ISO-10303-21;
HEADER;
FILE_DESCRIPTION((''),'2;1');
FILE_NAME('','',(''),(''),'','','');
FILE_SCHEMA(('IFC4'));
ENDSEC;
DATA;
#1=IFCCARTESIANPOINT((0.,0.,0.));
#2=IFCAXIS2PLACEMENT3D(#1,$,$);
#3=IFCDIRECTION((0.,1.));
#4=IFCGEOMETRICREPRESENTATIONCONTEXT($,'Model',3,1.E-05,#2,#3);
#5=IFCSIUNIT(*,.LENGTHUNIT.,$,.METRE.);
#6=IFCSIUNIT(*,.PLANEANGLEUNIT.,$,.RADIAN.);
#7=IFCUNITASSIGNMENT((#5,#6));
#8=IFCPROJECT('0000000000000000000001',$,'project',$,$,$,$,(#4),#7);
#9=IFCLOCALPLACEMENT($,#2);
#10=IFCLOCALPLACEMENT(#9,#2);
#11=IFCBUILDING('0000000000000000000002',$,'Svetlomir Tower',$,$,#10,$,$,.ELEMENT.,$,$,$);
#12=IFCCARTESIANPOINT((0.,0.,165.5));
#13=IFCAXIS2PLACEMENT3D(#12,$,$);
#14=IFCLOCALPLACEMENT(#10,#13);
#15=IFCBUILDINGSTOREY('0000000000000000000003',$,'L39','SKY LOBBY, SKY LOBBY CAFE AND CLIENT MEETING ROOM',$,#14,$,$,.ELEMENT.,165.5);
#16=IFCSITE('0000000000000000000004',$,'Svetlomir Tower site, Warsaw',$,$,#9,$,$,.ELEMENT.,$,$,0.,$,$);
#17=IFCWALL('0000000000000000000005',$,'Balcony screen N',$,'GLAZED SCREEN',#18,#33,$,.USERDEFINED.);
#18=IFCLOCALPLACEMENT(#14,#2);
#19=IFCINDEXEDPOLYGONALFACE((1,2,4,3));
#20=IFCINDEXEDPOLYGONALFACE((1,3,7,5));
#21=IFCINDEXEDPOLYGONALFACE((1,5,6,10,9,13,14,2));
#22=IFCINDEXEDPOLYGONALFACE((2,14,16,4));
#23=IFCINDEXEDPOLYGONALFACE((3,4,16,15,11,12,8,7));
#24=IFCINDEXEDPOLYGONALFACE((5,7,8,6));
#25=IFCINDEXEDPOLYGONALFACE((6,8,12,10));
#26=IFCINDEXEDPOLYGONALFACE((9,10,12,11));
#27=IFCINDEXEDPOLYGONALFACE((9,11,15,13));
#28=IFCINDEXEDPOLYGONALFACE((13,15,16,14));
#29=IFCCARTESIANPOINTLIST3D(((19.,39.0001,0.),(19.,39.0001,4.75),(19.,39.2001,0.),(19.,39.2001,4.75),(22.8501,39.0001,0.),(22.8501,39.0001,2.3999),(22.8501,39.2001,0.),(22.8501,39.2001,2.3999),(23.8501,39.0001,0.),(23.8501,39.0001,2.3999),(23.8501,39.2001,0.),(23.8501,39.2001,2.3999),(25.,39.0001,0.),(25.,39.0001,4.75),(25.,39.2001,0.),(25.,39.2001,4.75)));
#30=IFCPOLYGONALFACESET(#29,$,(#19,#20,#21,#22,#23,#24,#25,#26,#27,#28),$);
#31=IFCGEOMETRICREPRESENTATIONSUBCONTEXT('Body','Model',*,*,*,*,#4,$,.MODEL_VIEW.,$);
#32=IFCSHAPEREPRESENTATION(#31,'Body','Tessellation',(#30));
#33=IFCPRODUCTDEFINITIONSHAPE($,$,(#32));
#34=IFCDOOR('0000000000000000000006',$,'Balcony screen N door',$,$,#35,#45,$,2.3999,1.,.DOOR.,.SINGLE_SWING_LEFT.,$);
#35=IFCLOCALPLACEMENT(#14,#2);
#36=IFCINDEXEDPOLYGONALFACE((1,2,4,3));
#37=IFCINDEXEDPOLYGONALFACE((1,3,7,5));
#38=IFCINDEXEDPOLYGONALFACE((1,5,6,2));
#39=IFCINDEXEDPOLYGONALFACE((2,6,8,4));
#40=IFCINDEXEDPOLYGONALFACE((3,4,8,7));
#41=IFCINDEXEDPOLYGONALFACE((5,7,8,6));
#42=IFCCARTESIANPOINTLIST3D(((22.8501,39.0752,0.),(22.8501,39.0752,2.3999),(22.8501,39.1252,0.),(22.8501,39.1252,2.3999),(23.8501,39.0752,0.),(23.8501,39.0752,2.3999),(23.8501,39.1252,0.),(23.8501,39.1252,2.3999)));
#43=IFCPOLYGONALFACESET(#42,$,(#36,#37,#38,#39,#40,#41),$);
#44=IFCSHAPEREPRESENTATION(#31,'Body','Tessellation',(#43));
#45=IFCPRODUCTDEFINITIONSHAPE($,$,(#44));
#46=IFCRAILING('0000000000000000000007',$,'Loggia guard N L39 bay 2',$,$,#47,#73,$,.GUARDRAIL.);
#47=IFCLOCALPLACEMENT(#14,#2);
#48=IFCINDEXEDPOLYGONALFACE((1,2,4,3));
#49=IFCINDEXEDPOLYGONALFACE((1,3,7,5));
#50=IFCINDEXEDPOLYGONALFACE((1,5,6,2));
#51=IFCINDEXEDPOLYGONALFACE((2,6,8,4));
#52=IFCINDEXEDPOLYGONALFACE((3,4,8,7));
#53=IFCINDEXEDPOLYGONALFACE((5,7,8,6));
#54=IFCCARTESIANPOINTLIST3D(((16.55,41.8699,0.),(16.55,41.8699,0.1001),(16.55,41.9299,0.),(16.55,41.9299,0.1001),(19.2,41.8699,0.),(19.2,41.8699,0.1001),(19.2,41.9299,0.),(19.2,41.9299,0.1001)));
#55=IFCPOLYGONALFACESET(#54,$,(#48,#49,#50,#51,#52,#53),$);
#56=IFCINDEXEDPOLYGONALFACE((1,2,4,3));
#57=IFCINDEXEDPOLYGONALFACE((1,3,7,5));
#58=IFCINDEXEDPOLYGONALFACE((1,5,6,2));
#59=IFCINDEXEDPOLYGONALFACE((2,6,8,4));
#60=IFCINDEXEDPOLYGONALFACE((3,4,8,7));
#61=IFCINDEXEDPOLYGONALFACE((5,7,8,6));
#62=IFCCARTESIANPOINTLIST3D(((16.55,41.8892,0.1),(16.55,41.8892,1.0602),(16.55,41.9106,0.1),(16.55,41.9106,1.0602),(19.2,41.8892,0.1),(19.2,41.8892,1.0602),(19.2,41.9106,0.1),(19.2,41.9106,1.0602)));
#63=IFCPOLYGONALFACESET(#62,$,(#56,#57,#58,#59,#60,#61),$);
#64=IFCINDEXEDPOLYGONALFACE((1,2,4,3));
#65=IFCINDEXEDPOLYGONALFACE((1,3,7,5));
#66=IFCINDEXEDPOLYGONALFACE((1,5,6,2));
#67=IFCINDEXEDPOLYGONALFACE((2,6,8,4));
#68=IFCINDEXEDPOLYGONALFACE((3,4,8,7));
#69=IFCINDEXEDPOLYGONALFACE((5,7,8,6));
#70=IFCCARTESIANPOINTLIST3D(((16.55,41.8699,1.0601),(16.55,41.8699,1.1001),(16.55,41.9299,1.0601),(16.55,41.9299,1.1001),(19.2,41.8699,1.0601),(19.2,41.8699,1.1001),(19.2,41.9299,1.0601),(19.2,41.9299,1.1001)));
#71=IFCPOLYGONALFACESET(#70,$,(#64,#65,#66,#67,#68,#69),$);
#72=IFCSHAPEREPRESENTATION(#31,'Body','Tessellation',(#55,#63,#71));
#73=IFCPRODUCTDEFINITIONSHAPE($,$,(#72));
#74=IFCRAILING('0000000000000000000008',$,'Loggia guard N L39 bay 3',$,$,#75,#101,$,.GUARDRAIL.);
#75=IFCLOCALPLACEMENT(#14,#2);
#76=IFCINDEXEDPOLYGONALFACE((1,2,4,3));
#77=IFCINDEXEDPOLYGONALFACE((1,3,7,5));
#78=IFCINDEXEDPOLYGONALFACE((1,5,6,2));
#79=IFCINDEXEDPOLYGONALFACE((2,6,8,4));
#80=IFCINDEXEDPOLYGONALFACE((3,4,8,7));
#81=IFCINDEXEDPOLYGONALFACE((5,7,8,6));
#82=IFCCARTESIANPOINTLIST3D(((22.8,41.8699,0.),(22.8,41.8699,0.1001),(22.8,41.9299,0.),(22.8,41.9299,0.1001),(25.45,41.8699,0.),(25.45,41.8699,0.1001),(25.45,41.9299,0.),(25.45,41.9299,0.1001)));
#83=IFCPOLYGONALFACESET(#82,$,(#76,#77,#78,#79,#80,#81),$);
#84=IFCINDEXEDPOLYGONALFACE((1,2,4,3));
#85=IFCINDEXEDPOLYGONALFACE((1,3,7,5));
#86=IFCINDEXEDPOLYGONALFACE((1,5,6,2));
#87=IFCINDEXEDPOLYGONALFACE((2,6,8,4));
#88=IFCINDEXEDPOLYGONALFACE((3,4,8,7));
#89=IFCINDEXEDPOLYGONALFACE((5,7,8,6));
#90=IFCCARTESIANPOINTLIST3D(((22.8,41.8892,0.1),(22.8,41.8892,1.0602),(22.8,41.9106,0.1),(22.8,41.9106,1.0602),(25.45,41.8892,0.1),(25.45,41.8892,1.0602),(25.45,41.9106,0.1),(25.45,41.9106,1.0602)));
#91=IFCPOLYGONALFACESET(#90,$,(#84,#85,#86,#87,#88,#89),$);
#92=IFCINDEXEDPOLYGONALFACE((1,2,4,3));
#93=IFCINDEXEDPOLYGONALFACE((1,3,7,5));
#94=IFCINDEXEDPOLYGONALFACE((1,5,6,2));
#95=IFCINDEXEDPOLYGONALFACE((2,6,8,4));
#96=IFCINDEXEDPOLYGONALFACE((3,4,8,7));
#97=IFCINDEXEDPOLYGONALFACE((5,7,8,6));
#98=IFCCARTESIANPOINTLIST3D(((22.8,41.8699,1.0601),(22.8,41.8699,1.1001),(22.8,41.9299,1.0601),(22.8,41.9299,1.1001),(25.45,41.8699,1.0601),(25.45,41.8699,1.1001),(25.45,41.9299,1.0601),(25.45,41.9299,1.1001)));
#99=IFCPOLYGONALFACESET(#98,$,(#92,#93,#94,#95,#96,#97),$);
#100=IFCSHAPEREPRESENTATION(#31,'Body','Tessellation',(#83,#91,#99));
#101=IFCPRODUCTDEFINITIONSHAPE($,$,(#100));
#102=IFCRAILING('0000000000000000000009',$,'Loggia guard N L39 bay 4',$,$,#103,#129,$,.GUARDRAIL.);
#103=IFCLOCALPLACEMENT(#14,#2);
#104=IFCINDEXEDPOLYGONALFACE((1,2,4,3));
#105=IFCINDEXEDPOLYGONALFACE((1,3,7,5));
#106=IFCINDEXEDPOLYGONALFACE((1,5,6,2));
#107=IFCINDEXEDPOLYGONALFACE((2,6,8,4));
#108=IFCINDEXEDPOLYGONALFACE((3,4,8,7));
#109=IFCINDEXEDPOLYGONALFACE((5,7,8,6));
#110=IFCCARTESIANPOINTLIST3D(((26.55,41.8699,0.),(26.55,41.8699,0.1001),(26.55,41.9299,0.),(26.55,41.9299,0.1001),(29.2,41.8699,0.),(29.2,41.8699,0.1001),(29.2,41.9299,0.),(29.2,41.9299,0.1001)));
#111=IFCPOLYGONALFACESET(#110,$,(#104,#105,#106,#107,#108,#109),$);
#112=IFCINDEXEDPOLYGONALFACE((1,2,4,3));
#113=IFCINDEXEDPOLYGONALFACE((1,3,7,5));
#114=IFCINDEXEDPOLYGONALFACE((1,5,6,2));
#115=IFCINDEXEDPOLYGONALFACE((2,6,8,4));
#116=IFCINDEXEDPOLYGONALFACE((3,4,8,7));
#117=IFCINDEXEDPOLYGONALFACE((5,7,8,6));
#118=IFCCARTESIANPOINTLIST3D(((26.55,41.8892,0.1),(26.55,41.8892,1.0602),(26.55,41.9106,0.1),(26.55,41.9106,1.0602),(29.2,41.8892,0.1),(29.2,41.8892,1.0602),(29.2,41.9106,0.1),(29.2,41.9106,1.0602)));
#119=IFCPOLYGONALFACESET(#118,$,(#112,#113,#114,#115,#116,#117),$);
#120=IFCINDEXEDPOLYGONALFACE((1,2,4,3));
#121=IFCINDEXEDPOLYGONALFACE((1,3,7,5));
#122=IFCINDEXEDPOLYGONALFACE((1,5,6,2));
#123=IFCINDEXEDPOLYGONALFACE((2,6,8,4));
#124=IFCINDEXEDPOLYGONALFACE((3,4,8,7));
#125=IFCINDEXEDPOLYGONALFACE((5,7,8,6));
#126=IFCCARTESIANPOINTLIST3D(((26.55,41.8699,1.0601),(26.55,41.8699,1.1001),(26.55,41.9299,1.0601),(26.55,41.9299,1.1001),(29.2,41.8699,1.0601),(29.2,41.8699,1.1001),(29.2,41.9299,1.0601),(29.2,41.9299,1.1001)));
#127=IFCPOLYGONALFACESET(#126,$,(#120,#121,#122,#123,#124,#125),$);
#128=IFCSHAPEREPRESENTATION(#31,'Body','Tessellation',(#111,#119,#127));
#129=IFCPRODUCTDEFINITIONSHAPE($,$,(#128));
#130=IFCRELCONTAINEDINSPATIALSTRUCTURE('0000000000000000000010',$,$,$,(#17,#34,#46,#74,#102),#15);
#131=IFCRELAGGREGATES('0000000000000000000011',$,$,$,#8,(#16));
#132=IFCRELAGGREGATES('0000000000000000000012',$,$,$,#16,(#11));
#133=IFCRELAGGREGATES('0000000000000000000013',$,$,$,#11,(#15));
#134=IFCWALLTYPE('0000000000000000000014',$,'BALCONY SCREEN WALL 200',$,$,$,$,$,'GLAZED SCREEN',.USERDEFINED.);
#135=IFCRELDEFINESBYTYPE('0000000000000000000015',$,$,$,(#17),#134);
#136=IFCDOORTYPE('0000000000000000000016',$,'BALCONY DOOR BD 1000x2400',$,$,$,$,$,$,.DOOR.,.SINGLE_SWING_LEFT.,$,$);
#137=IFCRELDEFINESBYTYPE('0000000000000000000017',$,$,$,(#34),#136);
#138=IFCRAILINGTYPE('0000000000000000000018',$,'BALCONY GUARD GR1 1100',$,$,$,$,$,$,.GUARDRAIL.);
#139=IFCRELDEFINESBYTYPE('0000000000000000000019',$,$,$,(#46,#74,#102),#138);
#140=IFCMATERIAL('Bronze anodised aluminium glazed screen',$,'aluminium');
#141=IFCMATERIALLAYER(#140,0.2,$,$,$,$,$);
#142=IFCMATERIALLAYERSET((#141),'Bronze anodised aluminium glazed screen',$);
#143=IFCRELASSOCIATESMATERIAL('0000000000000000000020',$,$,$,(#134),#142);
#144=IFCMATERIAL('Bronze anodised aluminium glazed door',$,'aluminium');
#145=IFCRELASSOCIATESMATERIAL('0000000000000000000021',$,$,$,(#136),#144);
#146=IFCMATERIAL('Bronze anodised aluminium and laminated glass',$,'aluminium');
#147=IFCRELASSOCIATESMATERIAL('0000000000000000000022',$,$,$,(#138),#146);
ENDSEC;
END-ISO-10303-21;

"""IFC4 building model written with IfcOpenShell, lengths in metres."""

from ifc_helpers import new_model, si_unit, direction, frame, frame_2d, origin, origin_2d, place, context, subcontext, project, spatial, rectangle, extrude, material, layer, layer_set, type_object, element, fill, save


model = new_model("IFC4")

# Units and contexts
model_context = context("Model", 3, precision=1e-05, world=origin(), true_north=direction((0.0, 1.0)))
body_context = subcontext(model_context, "Body", "Model", "MODEL_VIEW")
ifc_project = project(units=[si_unit("LENGTHUNIT", "METRE"), si_unit("PLANEANGLEUNIT", "RADIAN")], contexts=[model_context])

# Site, building, storey
site_placement = place(None, origin())
site = spatial("IfcSite", under=ifc_project, at=site_placement, Name="Svetlomir Tower site, Warsaw", CompositionType="ELEMENT", RefElevation=0.0)
building_placement = place(site_placement, origin())
building = spatial("IfcBuilding", under=site, at=building_placement, Name="Svetlomir Tower", CompositionType="ELEMENT")
storey_placement = place(building_placement, frame((0.0, 0.0, 165.5)))
storey = spatial("IfcBuildingStorey", under=building, at=storey_placement, Name="L39", Description="SKY LOBBY, SKY LOBBY CAFE AND CLIENT MEETING ROOM", CompositionType="ELEMENT", Elevation=165.5)

# Wall, opening, door
ifc_material_1 = material(Name="Bronze anodised aluminium glazed screen", Category="aluminium")
ifc_layer_1 = layer(ifc_material_1, 0.2)
ifc_layer_set_1 = layer_set([ifc_layer_1], Name="Bronze anodised aluminium glazed screen")
wall_type = type_object("IfcWallType", Name="BALCONY SCREEN WALL 200", ElementType="GLAZED SCREEN", PredefinedType="USERDEFINED", material=ifc_layer_set_1)
wall_placement = place(storey_placement, frame((25.0, 39.1001, 0.0), z_axis=(0.0, 0.0, 1.0), x_axis=(-1.0, 0.0, 0.0)))
wall = element("IfcWall", 1, at=wall_placement, inside=storey, type_object=wall_type, Name="Balcony screen N", ObjectType="GLAZED SCREEN", PredefinedType="USERDEFINED", context=body_context, shape_type="SweptSolid", body=[
    extrude(rectangle(XDim=6.0, YDim=0.2, at=frame_2d((3.0, 0.0))), origin(), (0.0, 0.0, 1.0), 4.75),
])
opening_placement = place(wall_placement, frame((1.1499, 0.0, 0.0)))
opening = element("IfcOpeningElement", 2, at=opening_placement, cuts=wall, PredefinedType="OPENING", context=body_context, shape_type="SweptSolid", body=[
    extrude(rectangle(XDim=1.0, YDim=2.3999, at=frame_2d((0.5, 1.2))), frame((0.0, 0.1099, 0.0), z_axis=(0.0, -1.0, 0.0), x_axis=(1.0, 0.0, 0.0)), (0.0, 0.0, 1.0), 0.22),
])
ifc_material_2 = material(Name="Bronze anodised aluminium glazed door", Category="aluminium")
door_type = type_object("IfcDoorType", Name="BALCONY DOOR BD 1000x2400", OperationType="SINGLE_SWING_LEFT", PredefinedType="DOOR", material=ifc_material_2)
door_placement = place(opening_placement, origin())
door = element("IfcDoor", 3, at=door_placement, inside=storey, type_object=door_type, Name="Balcony screen N door", OperationType="SINGLE_SWING_LEFT", OverallHeight=2.3999, OverallWidth=1.0, PredefinedType="DOOR", context=body_context, shape_type="SweptSolid", body=[
    extrude(rectangle(XDim=1.0, YDim=2.3999, at=frame_2d((0.5, 1.2))), frame((0.0, 0.0249, 0.0), z_axis=(0.0, -1.0, 0.0), x_axis=(1.0, 0.0, 0.0)), (0.0, 0.0, 1.0), 0.05),
])
fill(opening, door)

# Railings
ifc_material_3 = material(Name="Bronze anodised aluminium and laminated glass", Category="aluminium")
railing_type = type_object("IfcRailingType", Name="BALCONY GUARD GR1 1100", PredefinedType="GUARDRAIL", material=ifc_material_3)
for number, where, name in (
    (4, (16.55, 41.8999, 0.0), "Loggia guard N L39 bay 2"),
    (5, (22.8, 41.8999, 0.0), "Loggia guard N L39 bay 3"),
    (6, (26.55, 41.8999, 0.0), "Loggia guard N L39 bay 4"),
):
    element("IfcRailing", number, at=place(storey_placement, frame(where)), inside=storey, type_object=railing_type, Name=name, PredefinedType="GUARDRAIL", context=body_context, shape_type="SweptSolid", body=[
        extrude(rectangle(XDim=0.0601, YDim=0.1001, at=origin_2d()), frame((0.0, 0.0, 0.05), z_axis=(1.0, 0.0, 0.0), x_axis=(0.0, 1.0, 0.0)), (0.0, 0.0, 1.0), 2.6499),
        extrude(rectangle(XDim=0.0215, YDim=0.9602, at=origin_2d()), frame((0.0, 0.0, 0.5801), z_axis=(1.0, 0.0, 0.0), x_axis=(0.0, 1.0, 0.0)), (0.0, 0.0, 1.0), 2.6499),
        extrude(rectangle(XDim=0.0601, YDim=0.04, at=origin_2d()), frame((0.0, 0.0, 1.0801), z_axis=(1.0, 0.0, 0.0), x_axis=(0.0, 1.0, 0.0)), (0.0, 0.0, 1.0), 2.6499),
    ])

save(model, "model.ifc")
